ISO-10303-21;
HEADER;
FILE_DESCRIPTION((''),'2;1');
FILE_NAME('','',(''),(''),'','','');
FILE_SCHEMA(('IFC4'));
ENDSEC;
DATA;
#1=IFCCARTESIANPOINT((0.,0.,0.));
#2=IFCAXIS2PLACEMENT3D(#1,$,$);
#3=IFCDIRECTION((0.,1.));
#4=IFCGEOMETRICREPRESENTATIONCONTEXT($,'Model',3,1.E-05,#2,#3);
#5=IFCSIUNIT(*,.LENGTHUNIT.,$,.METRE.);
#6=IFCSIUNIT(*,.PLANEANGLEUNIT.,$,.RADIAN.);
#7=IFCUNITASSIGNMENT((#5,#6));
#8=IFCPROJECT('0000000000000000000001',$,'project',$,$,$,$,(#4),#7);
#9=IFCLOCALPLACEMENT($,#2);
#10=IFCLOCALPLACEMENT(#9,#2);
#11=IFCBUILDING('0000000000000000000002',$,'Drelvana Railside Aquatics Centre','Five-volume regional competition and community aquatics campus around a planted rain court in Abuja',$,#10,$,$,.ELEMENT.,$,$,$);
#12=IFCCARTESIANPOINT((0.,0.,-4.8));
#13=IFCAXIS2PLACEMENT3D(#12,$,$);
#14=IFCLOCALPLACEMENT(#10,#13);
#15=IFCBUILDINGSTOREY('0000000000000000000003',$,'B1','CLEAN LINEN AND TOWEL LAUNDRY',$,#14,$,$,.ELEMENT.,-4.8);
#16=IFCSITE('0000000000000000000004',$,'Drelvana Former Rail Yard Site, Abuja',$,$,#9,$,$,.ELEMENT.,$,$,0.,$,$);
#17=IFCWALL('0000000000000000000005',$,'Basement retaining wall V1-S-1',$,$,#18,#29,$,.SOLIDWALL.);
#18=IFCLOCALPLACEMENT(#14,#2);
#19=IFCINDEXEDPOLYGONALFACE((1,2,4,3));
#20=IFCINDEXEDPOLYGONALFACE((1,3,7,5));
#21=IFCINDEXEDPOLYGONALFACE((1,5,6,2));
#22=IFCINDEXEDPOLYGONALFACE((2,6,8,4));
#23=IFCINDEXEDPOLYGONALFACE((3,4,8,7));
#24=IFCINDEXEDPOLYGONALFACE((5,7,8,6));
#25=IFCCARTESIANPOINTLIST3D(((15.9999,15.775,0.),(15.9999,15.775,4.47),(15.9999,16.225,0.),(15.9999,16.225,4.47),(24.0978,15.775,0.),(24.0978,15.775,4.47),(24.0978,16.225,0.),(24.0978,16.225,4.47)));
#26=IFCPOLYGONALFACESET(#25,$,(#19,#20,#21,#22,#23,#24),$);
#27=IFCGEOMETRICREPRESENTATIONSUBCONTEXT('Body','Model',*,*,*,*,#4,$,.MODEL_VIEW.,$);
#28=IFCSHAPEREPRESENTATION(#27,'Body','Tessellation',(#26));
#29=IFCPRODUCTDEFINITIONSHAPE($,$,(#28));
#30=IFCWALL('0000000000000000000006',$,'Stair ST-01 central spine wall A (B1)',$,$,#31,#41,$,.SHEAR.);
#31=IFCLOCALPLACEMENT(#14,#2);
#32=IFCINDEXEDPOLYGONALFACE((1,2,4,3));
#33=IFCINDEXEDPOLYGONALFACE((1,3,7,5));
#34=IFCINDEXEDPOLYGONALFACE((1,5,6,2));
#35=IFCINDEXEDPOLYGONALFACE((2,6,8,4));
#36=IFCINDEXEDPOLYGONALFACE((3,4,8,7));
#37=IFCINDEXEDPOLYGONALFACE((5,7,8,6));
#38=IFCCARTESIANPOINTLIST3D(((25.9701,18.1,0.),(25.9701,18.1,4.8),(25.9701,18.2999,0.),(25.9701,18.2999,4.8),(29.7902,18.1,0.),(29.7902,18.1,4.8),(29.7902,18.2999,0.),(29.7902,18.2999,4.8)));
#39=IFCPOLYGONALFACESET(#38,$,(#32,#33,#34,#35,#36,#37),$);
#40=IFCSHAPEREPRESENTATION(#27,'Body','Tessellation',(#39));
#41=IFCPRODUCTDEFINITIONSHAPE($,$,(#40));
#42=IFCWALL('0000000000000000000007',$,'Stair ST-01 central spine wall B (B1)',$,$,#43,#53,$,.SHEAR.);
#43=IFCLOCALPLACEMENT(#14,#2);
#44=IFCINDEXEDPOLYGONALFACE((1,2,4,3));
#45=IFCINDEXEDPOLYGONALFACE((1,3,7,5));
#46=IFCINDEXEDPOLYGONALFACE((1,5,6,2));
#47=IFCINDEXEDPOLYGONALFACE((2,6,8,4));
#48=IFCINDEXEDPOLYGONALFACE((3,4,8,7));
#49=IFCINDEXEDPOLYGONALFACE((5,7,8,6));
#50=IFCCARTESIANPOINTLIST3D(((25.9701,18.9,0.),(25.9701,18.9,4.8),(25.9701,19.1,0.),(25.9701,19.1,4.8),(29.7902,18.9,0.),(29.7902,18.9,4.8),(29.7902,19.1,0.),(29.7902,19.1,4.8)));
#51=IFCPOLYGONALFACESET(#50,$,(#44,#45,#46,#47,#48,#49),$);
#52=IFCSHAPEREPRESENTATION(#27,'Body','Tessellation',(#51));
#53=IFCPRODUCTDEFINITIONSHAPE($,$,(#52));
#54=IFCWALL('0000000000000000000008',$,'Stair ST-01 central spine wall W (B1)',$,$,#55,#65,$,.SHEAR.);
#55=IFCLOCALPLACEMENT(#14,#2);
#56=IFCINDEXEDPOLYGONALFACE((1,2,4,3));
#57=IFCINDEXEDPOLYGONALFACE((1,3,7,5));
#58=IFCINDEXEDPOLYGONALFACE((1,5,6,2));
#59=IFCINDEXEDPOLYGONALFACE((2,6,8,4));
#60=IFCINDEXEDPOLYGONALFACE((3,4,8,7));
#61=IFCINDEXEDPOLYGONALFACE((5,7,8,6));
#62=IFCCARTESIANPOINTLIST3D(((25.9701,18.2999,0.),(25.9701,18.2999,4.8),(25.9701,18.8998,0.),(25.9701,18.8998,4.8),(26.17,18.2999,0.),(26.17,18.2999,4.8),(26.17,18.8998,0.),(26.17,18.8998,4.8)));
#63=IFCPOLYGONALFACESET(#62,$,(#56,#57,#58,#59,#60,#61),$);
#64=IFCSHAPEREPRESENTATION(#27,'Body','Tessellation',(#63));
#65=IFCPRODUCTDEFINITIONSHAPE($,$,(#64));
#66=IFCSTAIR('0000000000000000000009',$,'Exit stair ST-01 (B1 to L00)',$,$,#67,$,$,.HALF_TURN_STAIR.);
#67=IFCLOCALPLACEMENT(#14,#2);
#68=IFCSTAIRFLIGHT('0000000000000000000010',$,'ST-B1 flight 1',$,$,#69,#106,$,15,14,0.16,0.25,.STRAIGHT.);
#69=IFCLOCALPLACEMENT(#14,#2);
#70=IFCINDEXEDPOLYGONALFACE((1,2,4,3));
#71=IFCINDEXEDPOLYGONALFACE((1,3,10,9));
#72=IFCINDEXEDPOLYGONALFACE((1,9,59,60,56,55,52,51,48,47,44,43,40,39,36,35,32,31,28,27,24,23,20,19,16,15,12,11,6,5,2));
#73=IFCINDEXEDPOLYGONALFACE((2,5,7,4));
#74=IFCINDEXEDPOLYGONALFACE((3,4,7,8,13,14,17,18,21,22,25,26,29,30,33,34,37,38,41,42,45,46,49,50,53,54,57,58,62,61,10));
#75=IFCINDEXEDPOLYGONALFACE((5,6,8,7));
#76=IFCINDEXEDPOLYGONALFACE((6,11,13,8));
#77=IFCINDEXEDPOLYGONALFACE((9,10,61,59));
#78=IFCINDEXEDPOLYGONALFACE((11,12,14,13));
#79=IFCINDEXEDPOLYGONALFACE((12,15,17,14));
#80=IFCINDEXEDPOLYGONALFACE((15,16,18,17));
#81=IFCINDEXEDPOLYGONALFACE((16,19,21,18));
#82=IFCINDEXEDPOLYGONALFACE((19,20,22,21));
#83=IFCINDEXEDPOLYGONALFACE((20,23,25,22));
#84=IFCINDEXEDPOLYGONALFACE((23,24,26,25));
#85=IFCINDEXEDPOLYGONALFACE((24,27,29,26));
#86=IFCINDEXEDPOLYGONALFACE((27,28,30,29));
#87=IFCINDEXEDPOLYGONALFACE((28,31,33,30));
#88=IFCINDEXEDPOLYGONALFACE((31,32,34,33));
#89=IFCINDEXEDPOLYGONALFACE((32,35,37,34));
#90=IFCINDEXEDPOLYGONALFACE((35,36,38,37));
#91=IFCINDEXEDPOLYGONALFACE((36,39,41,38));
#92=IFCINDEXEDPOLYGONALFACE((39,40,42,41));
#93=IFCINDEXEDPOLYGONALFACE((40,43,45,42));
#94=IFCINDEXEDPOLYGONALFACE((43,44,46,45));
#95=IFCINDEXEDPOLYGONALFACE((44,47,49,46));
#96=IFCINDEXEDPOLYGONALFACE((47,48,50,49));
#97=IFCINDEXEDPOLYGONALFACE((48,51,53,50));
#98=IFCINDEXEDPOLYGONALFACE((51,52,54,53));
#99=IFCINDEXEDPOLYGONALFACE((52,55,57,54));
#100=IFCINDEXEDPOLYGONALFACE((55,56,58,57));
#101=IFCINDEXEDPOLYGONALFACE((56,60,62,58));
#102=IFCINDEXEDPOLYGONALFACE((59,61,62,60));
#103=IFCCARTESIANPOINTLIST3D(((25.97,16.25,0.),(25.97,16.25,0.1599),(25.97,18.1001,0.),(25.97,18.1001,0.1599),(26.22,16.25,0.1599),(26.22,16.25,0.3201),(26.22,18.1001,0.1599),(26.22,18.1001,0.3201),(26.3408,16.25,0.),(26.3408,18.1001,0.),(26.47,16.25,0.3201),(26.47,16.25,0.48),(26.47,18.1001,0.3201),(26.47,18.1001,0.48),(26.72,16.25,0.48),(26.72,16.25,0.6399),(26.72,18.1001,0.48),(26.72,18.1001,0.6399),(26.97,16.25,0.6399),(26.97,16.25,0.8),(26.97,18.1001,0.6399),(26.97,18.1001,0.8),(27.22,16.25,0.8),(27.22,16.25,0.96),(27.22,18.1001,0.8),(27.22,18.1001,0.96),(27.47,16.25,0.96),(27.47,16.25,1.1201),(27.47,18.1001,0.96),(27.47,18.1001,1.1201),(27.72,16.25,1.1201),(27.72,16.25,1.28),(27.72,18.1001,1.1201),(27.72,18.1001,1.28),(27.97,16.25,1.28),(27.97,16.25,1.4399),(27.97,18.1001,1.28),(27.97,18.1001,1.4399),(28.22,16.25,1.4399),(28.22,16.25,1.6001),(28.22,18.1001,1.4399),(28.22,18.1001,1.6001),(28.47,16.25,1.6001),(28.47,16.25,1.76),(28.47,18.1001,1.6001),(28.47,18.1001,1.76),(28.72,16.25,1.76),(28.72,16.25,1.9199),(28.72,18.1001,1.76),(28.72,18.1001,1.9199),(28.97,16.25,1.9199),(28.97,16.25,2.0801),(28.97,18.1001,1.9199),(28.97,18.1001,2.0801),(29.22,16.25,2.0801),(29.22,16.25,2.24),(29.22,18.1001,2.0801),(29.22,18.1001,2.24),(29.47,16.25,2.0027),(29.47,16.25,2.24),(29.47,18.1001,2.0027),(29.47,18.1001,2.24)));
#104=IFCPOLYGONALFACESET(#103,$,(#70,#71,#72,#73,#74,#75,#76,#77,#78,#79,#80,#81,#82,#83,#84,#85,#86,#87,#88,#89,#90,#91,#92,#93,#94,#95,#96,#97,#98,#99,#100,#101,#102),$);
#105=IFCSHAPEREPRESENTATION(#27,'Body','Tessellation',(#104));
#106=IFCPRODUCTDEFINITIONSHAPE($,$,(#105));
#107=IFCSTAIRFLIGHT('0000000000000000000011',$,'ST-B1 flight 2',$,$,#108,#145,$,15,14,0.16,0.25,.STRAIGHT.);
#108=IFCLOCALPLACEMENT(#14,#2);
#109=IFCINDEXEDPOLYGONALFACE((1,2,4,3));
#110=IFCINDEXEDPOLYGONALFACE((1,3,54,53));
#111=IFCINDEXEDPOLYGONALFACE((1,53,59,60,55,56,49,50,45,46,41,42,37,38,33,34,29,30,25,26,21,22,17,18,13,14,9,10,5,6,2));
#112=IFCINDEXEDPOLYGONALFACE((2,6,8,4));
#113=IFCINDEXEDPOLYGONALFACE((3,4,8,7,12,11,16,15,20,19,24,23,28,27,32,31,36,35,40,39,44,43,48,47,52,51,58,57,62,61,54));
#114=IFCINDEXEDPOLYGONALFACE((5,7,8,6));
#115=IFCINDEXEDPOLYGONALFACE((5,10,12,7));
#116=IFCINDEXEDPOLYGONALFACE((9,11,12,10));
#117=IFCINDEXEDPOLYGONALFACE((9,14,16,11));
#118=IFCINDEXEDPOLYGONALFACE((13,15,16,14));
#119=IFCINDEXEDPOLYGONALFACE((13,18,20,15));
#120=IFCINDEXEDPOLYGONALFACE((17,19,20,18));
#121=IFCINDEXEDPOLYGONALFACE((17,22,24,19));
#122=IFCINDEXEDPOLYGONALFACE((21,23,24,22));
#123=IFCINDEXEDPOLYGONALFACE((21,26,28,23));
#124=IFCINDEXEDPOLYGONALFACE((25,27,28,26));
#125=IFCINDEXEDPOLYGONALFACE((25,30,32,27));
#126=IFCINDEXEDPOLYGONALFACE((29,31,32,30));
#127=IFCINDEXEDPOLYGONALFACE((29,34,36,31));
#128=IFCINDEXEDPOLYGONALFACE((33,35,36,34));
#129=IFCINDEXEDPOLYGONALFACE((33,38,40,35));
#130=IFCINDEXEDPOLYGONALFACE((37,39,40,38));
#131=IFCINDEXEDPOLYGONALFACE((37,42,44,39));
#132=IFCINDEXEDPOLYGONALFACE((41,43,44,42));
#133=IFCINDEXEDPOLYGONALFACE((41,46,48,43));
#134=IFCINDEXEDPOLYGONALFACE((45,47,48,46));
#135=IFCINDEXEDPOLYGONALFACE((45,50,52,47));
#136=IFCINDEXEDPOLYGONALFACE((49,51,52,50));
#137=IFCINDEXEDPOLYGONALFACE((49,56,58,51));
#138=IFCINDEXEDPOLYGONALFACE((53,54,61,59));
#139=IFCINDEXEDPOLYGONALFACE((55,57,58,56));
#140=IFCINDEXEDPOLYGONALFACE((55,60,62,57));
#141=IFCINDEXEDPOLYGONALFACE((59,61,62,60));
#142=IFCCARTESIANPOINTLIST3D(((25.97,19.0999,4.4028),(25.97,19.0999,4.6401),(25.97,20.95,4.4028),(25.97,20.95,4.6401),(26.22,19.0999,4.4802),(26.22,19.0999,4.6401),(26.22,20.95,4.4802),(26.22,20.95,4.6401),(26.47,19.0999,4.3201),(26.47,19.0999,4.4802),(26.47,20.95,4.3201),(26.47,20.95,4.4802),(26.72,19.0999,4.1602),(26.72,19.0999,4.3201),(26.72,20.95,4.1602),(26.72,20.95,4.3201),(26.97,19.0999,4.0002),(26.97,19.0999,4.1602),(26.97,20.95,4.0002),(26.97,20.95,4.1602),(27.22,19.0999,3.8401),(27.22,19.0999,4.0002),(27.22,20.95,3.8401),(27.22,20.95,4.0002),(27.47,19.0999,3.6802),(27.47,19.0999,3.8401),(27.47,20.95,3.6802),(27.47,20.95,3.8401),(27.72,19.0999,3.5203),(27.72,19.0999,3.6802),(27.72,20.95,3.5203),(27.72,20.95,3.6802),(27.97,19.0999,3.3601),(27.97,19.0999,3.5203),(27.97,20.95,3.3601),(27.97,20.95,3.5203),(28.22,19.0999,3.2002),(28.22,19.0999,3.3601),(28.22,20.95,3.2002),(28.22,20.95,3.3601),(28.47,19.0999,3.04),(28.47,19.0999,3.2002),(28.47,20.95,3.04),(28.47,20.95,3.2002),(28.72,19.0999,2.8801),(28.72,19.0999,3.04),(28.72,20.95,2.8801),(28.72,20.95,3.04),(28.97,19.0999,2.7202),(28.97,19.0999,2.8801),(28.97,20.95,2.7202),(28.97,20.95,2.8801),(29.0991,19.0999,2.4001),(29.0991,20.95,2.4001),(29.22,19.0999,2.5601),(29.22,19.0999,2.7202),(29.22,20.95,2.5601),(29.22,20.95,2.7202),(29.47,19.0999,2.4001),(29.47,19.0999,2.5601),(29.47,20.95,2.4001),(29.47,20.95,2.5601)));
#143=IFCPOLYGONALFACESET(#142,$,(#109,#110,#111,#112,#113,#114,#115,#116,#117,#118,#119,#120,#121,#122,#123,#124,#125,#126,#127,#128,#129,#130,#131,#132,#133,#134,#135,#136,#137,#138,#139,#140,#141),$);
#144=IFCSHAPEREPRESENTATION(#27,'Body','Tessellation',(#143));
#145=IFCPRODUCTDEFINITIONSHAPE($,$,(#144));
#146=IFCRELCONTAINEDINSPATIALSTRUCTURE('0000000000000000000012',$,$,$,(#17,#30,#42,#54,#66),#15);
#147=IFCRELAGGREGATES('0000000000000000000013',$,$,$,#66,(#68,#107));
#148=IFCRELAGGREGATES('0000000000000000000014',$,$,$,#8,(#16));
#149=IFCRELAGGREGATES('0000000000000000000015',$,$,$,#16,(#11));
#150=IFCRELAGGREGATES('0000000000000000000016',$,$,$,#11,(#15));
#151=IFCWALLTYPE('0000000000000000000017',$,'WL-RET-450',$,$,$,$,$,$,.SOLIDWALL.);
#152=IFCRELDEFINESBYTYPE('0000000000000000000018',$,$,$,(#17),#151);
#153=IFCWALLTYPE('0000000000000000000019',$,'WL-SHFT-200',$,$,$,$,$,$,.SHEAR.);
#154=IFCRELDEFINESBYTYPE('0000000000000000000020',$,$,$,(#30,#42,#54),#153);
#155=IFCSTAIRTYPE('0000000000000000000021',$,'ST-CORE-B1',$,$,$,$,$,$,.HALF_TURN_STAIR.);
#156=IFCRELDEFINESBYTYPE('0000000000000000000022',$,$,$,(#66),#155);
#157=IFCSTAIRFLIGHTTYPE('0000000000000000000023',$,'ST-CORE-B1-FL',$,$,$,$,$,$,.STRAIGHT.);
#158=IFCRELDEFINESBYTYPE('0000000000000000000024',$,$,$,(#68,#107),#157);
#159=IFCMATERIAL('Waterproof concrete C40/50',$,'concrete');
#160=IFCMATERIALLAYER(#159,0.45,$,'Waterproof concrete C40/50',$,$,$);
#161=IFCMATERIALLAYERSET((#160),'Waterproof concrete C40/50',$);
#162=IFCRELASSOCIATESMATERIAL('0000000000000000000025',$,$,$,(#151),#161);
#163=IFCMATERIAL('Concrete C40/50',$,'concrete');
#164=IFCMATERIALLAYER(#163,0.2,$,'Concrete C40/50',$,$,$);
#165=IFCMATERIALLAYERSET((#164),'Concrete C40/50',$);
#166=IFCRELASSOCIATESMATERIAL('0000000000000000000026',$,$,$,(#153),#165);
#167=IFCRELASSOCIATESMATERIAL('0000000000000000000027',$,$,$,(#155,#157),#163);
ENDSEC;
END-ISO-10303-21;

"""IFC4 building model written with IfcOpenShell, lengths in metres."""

from ifc_helpers import new_model, si_unit, direction, frame, frame_2d, origin, place, context, subcontext, project, spatial, polyline, rectangle, outline, extrude, material, layer, layer_set, type_object, element, aggregate, save


model = new_model("IFC4")

# Units and contexts
model_context = context("Model", 3, precision=1e-05, world=origin(), true_north=direction((0.0, 1.0)))
body_context = subcontext(model_context, "Body", "Model", "MODEL_VIEW")
ifc_project = project(units=[si_unit("LENGTHUNIT", "METRE"), si_unit("PLANEANGLEUNIT", "RADIAN")], contexts=[model_context])

# Site, building, storey
site_placement = place(None, origin())
site = spatial("IfcSite", under=ifc_project, at=site_placement, Name="Drelvana Former Rail Yard Site, Abuja", CompositionType="ELEMENT", RefElevation=0.0)
building_placement = place(site_placement, origin())
building = spatial("IfcBuilding", under=site, at=building_placement, Name="Drelvana Railside Aquatics Centre", Description="Five-volume regional competition and community aquatics campus around a planted rain court in Abuja", CompositionType="ELEMENT")
storey_placement = place(building_placement, frame((0.0, 0.0, -4.8)))
storey = spatial("IfcBuildingStorey", under=building, at=storey_placement, Name="B1", Description="CLEAN LINEN AND TOWEL LAUNDRY", CompositionType="ELEMENT", Elevation=-4.8)

# Shared definitions
ifc_material_1 = material(Name="Concrete C40/50", Category="concrete")

# Walls
ifc_material_2 = material(Name="Waterproof concrete C40/50", Category="concrete")
ifc_layer_1 = layer(ifc_material_2, 0.45, Name="Waterproof concrete C40/50")
ifc_layer_set_1 = layer_set([ifc_layer_1], Name="Waterproof concrete C40/50")
wall_type_1 = type_object("IfcWallType", Name="WL-RET-450", PredefinedType="SOLIDWALL", material=ifc_layer_set_1)
wall_1_placement = place(storey_placement, frame((16.0, 16.0, 0.0), z_axis=(0.0, 0.0, 1.0), x_axis=(1.0, 0.0, 0.0)))
element("IfcWall", 1, at=wall_1_placement, inside=storey, type_object=wall_type_1, Name="Basement retaining wall V1-S-1", PredefinedType="SOLIDWALL", context=body_context, shape_type="SweptSolid", body=[
    extrude(rectangle(XDim=8.0979, YDim=0.45, at=frame_2d((4.0488, 0.0))), origin(), (0.0, 0.0, 1.0), 4.47),
])
ifc_layer_2 = layer(ifc_material_1, 0.2, Name="Concrete C40/50")
ifc_layer_set_2 = layer_set([ifc_layer_2], Name="Concrete C40/50")
wall_type_2 = type_object("IfcWallType", Name="WL-SHFT-200", PredefinedType="SHEAR", material=ifc_layer_set_2)
for number, where, z_axis, x_axis, name in (
    (2, (25.97, 18.2, 0.0), (0.0, 0.0, 1.0), (1.0, 0.0, 0.0), "Stair ST-01 central spine wall A (B1)"),
    (3, (25.97, 19.0, 0.0), (0.0, 0.0, 1.0), (1.0, 0.0, 0.0), "Stair ST-01 central spine wall B (B1)"),
):
    element("IfcWall", number, at=place(storey_placement, frame(where, z_axis=z_axis, x_axis=x_axis)), inside=storey, type_object=wall_type_2, Name=name, PredefinedType="SHEAR", context=body_context, shape_type="SweptSolid", body=[
        extrude(rectangle(XDim=3.8201, YDim=0.2, at=frame_2d((1.9102, 0.0))), origin(), (0.0, 0.0, 1.0), 4.8),
    ])
wall_2_placement = place(storey_placement, frame((26.0701, 18.3, 0.0), z_axis=(0.0, 0.0, 1.0), x_axis=(0.0, 1.0, 0.0)))
element("IfcWall", 4, at=wall_2_placement, inside=storey, type_object=wall_type_2, Name="Stair ST-01 central spine wall W (B1)", PredefinedType="SHEAR", context=body_context, shape_type="SweptSolid", body=[
    extrude(rectangle(XDim=0.5999, YDim=0.2, at=frame_2d((0.2998, 0.0))), origin(), (0.0, 0.0, 1.0), 4.8),
])

# Stair, stair flights
stair_type = type_object("IfcStairType", Name="ST-CORE-B1", PredefinedType="HALF_TURN_STAIR", material=ifc_material_1)
stair_placement = place(storey_placement, origin())
stair = element("IfcStair", 5, at=stair_placement, inside=storey, type_object=stair_type, Name="Exit stair ST-01 (B1 to L00)", PredefinedType="HALF_TURN_STAIR")
stair_flight_type = type_object("IfcStairFlightType", Name="ST-CORE-B1-FL", PredefinedType="STRAIGHT", material=ifc_material_1)
stair_flight_1_placement = place(storey_placement, frame((25.97, 17.175, 0.0), z_axis=(0.0, 0.0, 1.0), x_axis=(1.0, 0.0, 0.0)))
stair_flight_1 = element("IfcStairFlight", 6, at=stair_flight_1_placement, type_object=stair_flight_type, Name="ST-B1 flight 1", NumberOfRisers=15, NumberOfTreads=14, PredefinedType="STRAIGHT", RiserHeight=0.16, TreadLength=0.25, context=body_context, shape_type="SweptSolid", body=[
    extrude(outline(polyline([(0.0, 0.0), (0.0, 0.1599), (0.25, 0.1599), (0.25, 0.3201), (0.5, 0.3201), (0.5, 0.48), (0.75, 0.48), (0.75, 0.6399), (1.0, 0.6399), (1.0, 0.8), (1.25, 0.8), (1.25, 0.96), (1.5, 0.96), (1.5, 1.1201), (1.75, 1.1201), (1.75, 1.28), (2.0, 1.28), (2.0, 1.4399), (2.25, 1.4399), (2.25, 1.6001), (2.5, 1.6001), (2.5, 1.76), (2.75, 1.76), (2.75, 1.9199), (3.0, 1.9199), (3.0, 2.0801), (3.25, 2.0801), (3.25, 2.24), (3.5, 2.24), (3.5, 2.3999), (3.5, 2.0027), (0.3708, 0.0), (0.0, 0.0)])), frame((0.0, 0.925, 0.0), z_axis=(0.0, -1.0, 0.0), x_axis=(1.0, 0.0, 0.0)), (0.0, 0.0, 1.0), 1.8501),
])
stair_flight_2_placement = place(storey_placement, frame((29.47, 20.0249, 2.4001), z_axis=(0.0, 0.0, 1.0), x_axis=(-1.0, 0.0, 0.0)))
stair_flight_2 = element("IfcStairFlight", 7, at=stair_flight_2_placement, type_object=stair_flight_type, Name="ST-B1 flight 2", NumberOfRisers=15, NumberOfTreads=14, PredefinedType="STRAIGHT", RiserHeight=0.16, TreadLength=0.25, context=body_context, shape_type="SweptSolid", body=[
    extrude(outline(polyline([(0.0, 0.0), (0.0, 0.1599), (0.25, 0.1599), (0.25, 0.3201), (0.5, 0.3201), (0.5, 0.48), (0.75, 0.48), (0.75, 0.6399), (1.0, 0.6399), (1.0, 0.8), (1.25, 0.8), (1.25, 0.96), (1.5, 0.96), (1.5, 1.1201), (1.75, 1.1201), (1.75, 1.28), (2.0, 1.28), (2.0, 1.4399), (2.25, 1.4399), (2.25, 1.6001), (2.5, 1.6001), (2.5, 1.76), (2.75, 1.76), (2.75, 1.9199), (3.0, 1.9199), (3.0, 2.0801), (3.25, 2.0801), (3.25, 2.24), (3.5, 2.24), (3.5, 2.3999), (3.5, 2.0027), (0.3708, 0.0), (0.0, 0.0)])), frame((0.0, 0.925, 0.0), z_axis=(0.0, -1.0, 0.0), x_axis=(1.0, 0.0, 0.0)), (0.0, 0.0, 1.0), 1.8501),
])
aggregate(stair, [stair_flight_1, stair_flight_2])

save(model, "model.ifc")
